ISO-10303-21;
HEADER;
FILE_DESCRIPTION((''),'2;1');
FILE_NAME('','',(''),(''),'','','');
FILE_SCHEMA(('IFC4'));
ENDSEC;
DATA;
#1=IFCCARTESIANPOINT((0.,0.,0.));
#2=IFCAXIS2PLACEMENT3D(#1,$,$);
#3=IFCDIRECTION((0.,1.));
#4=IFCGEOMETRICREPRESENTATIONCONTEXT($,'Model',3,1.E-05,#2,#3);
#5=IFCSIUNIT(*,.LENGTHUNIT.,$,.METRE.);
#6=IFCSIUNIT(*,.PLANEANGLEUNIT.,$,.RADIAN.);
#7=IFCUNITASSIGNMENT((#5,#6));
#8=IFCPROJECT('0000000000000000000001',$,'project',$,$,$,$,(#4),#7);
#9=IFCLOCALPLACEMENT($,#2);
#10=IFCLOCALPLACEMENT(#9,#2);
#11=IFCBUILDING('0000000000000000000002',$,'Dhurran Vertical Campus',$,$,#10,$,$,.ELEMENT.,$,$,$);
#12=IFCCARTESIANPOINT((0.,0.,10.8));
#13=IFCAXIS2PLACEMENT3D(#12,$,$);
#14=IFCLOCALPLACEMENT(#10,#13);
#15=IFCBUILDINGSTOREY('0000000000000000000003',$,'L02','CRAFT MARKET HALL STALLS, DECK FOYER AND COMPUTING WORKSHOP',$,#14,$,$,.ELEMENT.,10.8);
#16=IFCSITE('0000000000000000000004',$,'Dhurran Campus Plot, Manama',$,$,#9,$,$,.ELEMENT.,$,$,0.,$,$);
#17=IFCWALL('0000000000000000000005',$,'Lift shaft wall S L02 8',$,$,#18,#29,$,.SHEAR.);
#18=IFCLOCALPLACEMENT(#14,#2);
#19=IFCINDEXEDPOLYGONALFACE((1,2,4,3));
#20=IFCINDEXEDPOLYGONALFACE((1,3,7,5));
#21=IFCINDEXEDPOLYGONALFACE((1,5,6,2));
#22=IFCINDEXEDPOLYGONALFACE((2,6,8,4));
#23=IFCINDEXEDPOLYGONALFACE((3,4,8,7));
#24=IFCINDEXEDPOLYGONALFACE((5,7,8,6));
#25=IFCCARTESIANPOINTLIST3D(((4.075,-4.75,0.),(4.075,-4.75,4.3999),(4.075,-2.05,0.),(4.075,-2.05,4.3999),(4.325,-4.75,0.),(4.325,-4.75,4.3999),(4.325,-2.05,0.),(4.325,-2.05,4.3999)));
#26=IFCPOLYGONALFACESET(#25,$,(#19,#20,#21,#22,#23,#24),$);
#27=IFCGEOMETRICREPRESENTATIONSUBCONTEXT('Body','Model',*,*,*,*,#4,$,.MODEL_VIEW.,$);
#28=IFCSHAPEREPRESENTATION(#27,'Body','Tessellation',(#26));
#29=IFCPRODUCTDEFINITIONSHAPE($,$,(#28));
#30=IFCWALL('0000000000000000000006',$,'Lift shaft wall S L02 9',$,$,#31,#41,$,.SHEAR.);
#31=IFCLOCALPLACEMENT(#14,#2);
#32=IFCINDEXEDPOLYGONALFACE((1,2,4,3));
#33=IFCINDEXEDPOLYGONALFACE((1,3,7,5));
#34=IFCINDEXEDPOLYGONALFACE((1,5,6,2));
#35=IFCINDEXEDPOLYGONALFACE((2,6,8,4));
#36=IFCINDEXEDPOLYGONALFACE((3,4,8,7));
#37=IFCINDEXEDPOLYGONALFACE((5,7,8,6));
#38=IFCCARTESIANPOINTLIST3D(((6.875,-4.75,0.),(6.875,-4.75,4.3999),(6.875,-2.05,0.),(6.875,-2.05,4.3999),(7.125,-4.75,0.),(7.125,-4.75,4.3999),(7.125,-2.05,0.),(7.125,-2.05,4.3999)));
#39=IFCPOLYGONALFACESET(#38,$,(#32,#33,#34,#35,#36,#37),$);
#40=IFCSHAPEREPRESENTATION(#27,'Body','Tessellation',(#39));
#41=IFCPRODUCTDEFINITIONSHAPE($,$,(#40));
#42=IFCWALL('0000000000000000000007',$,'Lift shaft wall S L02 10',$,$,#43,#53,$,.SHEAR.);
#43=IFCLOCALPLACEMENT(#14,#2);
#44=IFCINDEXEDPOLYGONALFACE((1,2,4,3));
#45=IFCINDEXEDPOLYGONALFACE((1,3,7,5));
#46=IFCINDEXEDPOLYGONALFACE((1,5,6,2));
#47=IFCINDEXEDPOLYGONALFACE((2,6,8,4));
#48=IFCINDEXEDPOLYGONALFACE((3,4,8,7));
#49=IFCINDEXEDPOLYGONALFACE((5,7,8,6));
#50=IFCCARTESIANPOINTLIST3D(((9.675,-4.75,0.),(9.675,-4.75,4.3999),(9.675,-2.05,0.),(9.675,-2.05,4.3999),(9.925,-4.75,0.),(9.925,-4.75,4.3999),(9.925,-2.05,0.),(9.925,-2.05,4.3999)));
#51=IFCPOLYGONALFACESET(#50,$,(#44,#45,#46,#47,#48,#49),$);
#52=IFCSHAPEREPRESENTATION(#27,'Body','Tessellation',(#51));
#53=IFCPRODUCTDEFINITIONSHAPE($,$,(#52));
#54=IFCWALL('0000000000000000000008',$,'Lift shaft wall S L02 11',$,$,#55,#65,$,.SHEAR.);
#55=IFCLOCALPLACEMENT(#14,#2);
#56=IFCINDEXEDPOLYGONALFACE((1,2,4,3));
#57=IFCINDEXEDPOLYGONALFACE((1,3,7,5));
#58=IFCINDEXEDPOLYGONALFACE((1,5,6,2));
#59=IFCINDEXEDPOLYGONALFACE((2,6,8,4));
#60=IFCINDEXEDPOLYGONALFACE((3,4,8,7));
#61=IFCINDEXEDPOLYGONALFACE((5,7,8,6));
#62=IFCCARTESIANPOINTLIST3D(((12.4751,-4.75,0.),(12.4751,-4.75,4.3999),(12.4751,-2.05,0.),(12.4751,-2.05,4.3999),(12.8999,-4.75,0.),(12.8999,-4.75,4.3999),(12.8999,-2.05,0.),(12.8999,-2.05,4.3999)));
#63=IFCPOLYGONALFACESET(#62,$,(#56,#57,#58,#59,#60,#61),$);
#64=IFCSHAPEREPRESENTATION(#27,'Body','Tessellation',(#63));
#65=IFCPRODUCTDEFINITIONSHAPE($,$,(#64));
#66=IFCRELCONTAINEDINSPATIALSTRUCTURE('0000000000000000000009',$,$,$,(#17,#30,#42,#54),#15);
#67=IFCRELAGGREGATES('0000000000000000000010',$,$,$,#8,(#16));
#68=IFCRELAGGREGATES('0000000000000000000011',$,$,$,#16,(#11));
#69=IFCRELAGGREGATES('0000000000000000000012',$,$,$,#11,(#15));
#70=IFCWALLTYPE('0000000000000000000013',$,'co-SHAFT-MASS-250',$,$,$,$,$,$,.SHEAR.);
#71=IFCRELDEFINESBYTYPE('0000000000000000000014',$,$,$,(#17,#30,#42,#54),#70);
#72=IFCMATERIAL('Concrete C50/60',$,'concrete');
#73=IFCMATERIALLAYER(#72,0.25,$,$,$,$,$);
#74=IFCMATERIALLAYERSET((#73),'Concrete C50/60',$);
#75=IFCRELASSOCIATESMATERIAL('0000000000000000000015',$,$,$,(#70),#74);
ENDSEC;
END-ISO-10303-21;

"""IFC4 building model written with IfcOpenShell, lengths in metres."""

from ifc_helpers import new_model, si_unit, direction, frame, origin, place, context, subcontext, project, spatial, polyline, outline, extrude, material, layer, layer_set, type_object, element, save


model = new_model("IFC4")

# Units and contexts
model_context = context("Model", 3, precision=1e-05, world=origin(), true_north=direction((0.0, 1.0)))
body_context = subcontext(model_context, "Body", "Model", "MODEL_VIEW")
ifc_project = project(units=[si_unit("LENGTHUNIT", "METRE"), si_unit("PLANEANGLEUNIT", "RADIAN")], contexts=[model_context])

# Site, building, storey
site_placement = place(None, origin())
site = spatial("IfcSite", under=ifc_project, at=site_placement, Name="Dhurran Campus Plot, Manama", CompositionType="ELEMENT", RefElevation=0.0)
building_placement = place(site_placement, origin())
building = spatial("IfcBuilding", under=site, at=building_placement, Name="Dhurran Vertical Campus", CompositionType="ELEMENT")
storey_placement = place(building_placement, frame((0.0, 0.0, 10.8)))
storey = spatial("IfcBuildingStorey", under=building, at=storey_placement, Name="L02", Description="CRAFT MARKET HALL STALLS, DECK FOYER AND COMPUTING WORKSHOP", CompositionType="ELEMENT", Elevation=10.8)

# Walls
ifc_material_1 = material(Name="Concrete C50/60", Category="concrete")
ifc_layer_1 = layer(ifc_material_1, 0.25)
ifc_layer_set_1 = layer_set([ifc_layer_1], Name="Concrete C50/60")
wall_type = type_object("IfcWallType", Name="co-SHAFT-MASS-250", PredefinedType="SHEAR", material=ifc_layer_set_1)
wall_1_placement = place(storey_placement, origin())
element("IfcWall", 1, at=wall_1_placement, inside=storey, type_object=wall_type, Name="Lift shaft wall S L02 8", PredefinedType="SHEAR", context=body_context, shape_type="SweptSolid", body=[
    extrude(outline(polyline([(4.075, -4.75), (4.325, -4.75), (4.325, -2.05), (4.075, -2.05), (4.075, -4.75)])), origin(), (0.0, 0.0, 1.0), 4.3999),
])
wall_2_placement = place(storey_placement, origin())
element("IfcWall", 2, at=wall_2_placement, inside=storey, type_object=wall_type, Name="Lift shaft wall S L02 9", PredefinedType="SHEAR", context=body_context, shape_type="SweptSolid", body=[
    extrude(outline(polyline([(6.875, -4.75), (7.125, -4.75), (7.125, -2.05), (6.875, -2.05), (6.875, -4.75)])), origin(), (0.0, 0.0, 1.0), 4.3999),
])
wall_3_placement = place(storey_placement, origin())
element("IfcWall", 3, at=wall_3_placement, inside=storey, type_object=wall_type, Name="Lift shaft wall S L02 10", PredefinedType="SHEAR", context=body_context, shape_type="SweptSolid", body=[
    extrude(outline(polyline([(9.675, -4.75), (9.925, -4.75), (9.925, -2.05), (9.675, -2.05), (9.675, -4.75)])), origin(), (0.0, 0.0, 1.0), 4.3999),
])
wall_4_placement = place(storey_placement, origin())
element("IfcWall", 4, at=wall_4_placement, inside=storey, type_object=wall_type, Name="Lift shaft wall S L02 11", PredefinedType="SHEAR", context=body_context, shape_type="SweptSolid", body=[
    extrude(outline(polyline([(12.4751, -4.75), (12.8999, -4.75), (12.8999, -2.05), (12.4751, -2.05), (12.4751, -4.75)])), origin(), (0.0, 0.0, 1.0), 4.3999),
])

save(model, "model.ifc")
